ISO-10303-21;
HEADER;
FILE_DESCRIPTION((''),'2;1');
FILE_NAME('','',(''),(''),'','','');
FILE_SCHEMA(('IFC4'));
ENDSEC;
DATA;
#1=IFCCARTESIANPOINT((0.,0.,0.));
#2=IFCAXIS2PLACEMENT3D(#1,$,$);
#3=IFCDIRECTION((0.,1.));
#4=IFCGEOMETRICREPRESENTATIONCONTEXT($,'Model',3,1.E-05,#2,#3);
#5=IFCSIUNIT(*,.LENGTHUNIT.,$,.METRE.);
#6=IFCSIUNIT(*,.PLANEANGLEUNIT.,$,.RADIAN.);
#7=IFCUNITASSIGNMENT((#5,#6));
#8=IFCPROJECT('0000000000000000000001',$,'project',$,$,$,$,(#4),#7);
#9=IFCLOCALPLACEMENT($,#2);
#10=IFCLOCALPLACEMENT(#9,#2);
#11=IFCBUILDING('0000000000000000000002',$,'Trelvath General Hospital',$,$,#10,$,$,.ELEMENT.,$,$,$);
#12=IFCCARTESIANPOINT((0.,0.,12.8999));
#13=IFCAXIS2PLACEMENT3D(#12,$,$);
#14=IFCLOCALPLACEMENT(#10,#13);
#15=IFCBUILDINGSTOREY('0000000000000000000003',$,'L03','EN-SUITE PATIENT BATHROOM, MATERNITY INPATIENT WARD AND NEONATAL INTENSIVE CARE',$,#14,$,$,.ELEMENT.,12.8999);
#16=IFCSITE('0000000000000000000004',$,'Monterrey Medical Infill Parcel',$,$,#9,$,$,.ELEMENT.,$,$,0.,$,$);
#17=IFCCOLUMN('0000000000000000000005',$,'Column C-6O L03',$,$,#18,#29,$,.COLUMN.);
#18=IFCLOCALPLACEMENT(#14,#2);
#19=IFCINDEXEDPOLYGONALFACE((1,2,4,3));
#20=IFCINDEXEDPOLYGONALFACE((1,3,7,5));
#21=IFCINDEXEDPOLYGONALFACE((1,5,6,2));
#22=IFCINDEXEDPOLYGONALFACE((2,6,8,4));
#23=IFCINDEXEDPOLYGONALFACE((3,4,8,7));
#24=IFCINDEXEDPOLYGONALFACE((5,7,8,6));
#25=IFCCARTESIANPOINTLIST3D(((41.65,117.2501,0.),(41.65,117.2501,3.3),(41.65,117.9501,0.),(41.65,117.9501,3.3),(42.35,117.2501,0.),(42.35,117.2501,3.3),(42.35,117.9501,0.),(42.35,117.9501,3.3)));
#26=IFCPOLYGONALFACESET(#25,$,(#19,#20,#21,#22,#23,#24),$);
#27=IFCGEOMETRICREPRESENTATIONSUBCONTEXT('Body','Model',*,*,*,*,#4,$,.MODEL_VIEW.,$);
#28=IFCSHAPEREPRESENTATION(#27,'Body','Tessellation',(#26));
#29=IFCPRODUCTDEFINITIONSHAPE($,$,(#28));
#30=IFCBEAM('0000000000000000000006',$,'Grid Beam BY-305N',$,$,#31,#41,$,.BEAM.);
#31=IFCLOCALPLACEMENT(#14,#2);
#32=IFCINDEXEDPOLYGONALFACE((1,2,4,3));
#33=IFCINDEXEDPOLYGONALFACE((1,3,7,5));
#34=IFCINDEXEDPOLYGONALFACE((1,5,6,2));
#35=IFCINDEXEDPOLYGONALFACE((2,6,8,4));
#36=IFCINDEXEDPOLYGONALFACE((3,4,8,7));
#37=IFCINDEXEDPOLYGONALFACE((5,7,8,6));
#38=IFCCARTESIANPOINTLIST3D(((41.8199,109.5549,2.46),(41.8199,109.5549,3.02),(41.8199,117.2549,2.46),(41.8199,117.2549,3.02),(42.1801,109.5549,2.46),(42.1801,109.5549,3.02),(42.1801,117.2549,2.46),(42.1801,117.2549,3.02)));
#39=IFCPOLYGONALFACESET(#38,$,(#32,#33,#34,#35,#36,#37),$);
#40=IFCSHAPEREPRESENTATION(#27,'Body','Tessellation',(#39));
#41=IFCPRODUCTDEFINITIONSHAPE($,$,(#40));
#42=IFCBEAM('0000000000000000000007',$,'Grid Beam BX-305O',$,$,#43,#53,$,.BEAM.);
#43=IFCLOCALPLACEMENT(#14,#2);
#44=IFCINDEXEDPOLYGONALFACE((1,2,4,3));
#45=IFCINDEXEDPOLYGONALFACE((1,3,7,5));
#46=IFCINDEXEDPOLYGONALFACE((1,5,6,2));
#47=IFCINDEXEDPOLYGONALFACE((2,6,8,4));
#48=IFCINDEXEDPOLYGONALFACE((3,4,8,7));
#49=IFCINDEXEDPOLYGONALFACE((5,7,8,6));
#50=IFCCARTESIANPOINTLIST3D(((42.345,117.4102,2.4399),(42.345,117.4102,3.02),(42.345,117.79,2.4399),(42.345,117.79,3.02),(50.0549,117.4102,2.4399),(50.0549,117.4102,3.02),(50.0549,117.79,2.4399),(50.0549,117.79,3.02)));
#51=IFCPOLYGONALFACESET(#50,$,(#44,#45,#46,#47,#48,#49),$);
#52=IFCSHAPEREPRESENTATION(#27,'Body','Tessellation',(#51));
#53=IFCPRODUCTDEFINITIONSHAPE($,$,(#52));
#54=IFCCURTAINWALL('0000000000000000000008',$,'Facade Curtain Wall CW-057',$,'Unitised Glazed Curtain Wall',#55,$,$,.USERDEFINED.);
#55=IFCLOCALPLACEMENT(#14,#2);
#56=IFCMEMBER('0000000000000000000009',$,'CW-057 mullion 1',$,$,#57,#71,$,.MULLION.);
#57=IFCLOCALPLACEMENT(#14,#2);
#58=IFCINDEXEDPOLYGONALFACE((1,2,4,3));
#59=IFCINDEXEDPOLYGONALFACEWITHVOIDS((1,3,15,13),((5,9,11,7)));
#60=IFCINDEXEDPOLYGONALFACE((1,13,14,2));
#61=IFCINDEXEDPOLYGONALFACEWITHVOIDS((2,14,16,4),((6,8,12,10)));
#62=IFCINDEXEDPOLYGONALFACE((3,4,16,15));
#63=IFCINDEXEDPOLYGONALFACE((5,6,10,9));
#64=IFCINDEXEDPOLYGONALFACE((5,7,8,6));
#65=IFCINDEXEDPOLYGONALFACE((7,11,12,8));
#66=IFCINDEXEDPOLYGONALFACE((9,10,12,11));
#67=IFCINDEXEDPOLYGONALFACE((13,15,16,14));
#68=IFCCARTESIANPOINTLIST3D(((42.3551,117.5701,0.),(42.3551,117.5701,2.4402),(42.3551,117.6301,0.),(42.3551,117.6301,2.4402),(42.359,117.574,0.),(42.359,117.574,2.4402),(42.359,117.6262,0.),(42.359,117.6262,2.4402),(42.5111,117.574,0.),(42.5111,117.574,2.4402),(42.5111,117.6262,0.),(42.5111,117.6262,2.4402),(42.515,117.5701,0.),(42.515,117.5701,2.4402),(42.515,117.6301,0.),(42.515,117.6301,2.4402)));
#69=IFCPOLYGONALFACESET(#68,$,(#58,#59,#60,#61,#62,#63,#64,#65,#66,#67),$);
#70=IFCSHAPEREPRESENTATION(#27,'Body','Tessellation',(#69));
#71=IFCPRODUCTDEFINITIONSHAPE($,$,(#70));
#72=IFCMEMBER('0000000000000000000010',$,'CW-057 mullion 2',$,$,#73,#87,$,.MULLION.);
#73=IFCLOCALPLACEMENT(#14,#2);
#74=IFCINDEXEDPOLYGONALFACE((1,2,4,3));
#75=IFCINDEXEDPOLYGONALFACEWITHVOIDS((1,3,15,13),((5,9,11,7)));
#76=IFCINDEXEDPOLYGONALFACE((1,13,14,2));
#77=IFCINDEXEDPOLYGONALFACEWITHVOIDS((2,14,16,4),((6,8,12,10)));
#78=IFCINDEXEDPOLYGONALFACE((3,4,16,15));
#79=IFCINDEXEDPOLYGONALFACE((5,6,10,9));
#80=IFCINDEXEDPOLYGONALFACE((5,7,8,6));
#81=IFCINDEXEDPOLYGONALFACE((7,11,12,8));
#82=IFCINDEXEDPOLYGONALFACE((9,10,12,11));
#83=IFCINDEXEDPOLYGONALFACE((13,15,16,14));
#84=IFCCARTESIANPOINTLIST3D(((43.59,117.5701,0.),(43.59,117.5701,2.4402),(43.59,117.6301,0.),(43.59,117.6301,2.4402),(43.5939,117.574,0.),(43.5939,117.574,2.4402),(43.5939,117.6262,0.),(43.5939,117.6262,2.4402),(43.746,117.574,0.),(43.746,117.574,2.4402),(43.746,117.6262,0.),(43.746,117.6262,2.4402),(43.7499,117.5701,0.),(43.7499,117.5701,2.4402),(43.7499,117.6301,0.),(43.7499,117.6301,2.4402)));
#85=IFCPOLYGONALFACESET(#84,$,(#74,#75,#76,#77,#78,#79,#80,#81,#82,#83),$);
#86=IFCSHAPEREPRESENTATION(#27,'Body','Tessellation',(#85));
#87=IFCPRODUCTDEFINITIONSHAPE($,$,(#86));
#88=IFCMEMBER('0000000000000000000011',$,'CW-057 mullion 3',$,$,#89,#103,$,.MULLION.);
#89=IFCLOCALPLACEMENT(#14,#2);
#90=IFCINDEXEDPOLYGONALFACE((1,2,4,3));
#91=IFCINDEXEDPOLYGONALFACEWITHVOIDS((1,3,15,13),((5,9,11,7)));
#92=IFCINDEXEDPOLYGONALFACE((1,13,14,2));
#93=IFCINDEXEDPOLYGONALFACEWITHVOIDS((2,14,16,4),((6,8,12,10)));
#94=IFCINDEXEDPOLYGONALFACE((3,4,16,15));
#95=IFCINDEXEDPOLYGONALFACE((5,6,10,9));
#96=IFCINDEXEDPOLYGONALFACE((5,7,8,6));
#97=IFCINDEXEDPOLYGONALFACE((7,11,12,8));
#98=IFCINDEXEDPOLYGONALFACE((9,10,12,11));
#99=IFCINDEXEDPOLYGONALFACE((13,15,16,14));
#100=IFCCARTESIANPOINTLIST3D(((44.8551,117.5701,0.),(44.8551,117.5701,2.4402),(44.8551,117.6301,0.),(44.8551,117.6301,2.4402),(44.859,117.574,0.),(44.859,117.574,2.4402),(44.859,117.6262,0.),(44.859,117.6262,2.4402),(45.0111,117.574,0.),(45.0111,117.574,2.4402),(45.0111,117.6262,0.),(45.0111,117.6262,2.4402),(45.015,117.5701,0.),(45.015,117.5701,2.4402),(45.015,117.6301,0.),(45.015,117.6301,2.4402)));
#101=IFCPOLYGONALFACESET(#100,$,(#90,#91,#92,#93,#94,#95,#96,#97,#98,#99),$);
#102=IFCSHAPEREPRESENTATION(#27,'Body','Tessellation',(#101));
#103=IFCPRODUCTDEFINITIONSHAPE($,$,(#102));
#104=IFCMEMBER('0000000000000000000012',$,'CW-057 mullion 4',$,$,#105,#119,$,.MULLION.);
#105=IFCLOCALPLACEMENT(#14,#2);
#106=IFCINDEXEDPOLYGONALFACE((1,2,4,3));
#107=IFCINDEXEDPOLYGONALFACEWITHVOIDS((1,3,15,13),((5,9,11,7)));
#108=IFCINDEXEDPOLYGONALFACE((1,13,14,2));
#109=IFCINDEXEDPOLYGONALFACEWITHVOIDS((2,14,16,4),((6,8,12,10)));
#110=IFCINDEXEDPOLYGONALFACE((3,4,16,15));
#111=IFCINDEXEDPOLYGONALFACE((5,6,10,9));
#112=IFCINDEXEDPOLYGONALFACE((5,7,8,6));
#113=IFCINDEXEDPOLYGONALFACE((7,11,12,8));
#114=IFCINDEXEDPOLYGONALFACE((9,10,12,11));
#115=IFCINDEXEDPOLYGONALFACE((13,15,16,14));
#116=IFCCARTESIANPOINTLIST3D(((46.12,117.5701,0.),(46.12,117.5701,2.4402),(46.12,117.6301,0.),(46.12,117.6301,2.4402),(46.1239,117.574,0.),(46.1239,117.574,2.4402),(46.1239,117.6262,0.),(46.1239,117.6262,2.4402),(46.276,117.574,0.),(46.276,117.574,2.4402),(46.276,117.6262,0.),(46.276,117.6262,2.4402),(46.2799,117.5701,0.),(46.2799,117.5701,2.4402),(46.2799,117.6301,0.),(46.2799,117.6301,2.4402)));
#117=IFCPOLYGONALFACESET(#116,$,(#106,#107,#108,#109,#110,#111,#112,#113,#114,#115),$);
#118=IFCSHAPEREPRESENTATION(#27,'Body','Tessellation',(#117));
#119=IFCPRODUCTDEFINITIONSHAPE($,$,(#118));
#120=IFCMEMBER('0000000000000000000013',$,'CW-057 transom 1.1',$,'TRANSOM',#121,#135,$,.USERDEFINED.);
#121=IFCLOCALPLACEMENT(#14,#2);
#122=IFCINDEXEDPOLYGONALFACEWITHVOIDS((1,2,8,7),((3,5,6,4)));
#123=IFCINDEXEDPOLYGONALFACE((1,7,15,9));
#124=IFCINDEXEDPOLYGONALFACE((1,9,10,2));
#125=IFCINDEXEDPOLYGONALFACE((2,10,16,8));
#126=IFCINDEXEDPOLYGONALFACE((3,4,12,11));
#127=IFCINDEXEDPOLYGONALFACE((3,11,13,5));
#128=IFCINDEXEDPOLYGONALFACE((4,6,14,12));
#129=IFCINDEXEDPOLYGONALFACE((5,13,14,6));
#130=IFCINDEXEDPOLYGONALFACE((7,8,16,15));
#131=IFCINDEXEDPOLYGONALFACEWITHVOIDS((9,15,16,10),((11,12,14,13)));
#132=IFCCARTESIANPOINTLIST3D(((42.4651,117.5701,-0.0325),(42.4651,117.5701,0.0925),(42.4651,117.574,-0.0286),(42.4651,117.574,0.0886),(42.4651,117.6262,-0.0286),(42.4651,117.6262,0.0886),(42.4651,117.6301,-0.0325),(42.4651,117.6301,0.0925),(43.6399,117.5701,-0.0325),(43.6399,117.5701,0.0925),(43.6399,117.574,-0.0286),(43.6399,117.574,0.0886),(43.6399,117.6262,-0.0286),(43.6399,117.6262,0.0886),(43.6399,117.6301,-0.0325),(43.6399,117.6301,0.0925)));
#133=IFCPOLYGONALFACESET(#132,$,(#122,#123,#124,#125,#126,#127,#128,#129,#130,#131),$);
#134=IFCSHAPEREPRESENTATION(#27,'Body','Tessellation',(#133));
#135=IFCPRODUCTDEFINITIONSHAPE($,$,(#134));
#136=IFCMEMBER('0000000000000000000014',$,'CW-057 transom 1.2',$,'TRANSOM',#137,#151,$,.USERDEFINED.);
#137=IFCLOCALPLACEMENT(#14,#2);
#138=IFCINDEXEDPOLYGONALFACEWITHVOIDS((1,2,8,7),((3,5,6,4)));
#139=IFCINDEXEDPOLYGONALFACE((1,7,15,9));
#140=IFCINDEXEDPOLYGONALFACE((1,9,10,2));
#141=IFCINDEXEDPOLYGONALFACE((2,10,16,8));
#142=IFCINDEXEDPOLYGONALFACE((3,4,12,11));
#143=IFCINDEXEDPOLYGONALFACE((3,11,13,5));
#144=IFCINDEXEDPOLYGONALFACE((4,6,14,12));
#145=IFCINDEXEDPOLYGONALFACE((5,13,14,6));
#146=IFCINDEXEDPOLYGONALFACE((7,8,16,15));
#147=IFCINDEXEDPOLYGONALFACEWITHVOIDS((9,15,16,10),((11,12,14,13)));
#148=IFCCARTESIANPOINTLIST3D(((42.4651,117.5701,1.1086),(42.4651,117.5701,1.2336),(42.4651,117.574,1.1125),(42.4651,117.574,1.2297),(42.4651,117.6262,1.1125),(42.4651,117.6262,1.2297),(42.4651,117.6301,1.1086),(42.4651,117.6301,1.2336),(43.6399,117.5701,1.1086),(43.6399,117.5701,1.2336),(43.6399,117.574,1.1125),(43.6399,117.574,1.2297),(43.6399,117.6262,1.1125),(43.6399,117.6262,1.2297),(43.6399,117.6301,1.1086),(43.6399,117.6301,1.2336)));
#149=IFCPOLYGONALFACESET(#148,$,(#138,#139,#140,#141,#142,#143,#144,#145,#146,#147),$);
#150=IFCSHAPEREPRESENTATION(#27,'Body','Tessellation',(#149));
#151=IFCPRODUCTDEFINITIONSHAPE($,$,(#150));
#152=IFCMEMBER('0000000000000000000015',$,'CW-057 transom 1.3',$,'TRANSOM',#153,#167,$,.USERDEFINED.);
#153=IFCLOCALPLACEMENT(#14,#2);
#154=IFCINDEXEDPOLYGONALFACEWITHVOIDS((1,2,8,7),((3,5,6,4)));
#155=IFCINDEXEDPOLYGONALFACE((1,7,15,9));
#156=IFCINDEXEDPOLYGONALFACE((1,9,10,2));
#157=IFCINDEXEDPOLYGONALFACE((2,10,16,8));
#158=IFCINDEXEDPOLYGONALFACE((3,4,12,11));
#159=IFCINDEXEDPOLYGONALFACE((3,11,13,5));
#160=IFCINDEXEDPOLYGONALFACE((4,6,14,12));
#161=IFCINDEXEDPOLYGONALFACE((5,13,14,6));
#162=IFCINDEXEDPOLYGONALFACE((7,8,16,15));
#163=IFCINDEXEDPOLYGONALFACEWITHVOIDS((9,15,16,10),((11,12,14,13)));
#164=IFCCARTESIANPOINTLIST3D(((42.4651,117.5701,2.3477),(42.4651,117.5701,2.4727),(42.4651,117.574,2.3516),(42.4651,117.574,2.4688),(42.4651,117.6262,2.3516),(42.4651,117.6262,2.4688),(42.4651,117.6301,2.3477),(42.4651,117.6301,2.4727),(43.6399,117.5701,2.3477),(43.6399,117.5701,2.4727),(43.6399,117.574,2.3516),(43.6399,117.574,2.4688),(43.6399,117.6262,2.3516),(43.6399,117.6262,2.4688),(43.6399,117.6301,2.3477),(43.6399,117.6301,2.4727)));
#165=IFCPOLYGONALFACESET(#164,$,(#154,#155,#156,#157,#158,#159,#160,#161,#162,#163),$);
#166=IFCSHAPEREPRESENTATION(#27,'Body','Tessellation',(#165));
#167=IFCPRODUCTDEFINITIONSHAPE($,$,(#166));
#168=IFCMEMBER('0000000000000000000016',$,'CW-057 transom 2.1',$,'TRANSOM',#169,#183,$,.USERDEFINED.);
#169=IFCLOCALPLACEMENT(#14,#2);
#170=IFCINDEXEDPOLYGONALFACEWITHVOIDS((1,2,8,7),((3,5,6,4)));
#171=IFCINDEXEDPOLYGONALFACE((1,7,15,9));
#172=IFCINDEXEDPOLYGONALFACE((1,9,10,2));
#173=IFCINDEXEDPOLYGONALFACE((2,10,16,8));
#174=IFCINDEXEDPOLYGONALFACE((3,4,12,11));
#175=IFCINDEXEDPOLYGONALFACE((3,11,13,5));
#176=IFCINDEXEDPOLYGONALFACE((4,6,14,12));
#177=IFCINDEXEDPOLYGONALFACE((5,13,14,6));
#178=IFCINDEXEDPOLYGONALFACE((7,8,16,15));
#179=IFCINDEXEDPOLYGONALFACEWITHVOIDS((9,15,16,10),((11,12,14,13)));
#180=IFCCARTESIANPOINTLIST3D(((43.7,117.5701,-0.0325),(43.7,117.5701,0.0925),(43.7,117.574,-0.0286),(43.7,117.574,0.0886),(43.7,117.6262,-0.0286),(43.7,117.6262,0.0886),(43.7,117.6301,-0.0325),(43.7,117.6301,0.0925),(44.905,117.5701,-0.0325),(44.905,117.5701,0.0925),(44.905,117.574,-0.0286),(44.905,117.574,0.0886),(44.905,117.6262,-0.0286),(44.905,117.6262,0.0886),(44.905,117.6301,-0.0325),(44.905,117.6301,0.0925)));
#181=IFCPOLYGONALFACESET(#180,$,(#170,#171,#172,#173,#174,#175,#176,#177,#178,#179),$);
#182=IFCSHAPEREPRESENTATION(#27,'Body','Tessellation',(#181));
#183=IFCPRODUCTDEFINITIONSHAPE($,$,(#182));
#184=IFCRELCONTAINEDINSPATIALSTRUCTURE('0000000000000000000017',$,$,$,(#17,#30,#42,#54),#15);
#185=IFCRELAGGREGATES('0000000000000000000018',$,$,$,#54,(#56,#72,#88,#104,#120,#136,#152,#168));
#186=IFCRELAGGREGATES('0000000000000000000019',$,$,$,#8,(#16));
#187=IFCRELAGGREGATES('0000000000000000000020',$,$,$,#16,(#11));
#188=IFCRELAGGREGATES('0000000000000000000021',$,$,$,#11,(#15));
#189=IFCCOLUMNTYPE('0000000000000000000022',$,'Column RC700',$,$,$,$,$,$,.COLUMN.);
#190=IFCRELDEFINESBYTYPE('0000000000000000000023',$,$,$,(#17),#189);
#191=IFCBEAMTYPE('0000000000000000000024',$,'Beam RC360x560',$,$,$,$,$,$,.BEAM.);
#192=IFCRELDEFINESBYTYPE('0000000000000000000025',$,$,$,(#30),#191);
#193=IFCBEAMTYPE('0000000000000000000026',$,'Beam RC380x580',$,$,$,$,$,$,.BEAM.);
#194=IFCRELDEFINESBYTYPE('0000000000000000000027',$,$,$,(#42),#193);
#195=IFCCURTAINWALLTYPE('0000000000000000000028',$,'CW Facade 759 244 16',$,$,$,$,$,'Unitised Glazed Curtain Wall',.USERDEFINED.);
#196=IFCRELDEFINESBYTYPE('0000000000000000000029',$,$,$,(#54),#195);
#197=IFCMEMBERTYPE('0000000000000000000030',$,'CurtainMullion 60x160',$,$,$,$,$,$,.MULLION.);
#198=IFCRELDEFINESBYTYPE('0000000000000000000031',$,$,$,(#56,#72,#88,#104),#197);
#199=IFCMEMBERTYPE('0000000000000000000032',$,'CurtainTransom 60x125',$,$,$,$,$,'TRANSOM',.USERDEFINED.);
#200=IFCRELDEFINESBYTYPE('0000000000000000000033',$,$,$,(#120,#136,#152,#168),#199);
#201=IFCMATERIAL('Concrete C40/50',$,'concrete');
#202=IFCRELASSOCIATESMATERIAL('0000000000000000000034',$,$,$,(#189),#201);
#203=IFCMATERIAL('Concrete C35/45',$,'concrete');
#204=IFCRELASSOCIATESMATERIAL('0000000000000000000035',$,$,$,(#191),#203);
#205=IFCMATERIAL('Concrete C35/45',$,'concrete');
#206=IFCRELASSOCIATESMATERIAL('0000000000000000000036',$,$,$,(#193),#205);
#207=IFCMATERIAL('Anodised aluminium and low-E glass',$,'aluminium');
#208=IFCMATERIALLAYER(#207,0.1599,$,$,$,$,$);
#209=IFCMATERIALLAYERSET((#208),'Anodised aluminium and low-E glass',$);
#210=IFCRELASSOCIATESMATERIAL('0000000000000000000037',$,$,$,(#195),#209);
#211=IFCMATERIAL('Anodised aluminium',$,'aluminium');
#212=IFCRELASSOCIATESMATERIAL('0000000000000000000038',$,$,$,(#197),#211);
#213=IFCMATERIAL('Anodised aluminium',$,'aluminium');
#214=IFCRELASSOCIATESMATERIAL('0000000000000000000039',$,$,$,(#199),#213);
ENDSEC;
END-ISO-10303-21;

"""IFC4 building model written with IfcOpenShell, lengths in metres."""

from ifc_helpers import new_model, si_unit, direction, frame, origin, origin_2d, place, context, subcontext, project, spatial, rectangle, hollow_rectangle, extrude, material, layer, layer_set, material_profile, profile_set, type_object, element, aggregate, save


model = new_model("IFC4")

# Units and contexts
model_context = context("Model", 3, precision=1e-05, world=origin(), true_north=direction((0.0, 1.0)))
body_context = subcontext(model_context, "Body", "Model", "MODEL_VIEW")
ifc_project = project(units=[si_unit("LENGTHUNIT", "METRE"), si_unit("PLANEANGLEUNIT", "RADIAN")], contexts=[model_context])

# Site, building, storey
site_placement = place(None, origin())
site = spatial("IfcSite", under=ifc_project, at=site_placement, Name="Monterrey Medical Infill Parcel", CompositionType="ELEMENT", RefElevation=0.0)
building_placement = place(site_placement, origin())
building = spatial("IfcBuilding", under=site, at=building_placement, Name="Trelvath General Hospital", CompositionType="ELEMENT")
storey_placement = place(building_placement, frame((0.0, 0.0, 12.8999)))
storey = spatial("IfcBuildingStorey", under=building, at=storey_placement, Name="L03", Description="EN-SUITE PATIENT BATHROOM, MATERNITY INPATIENT WARD AND NEONATAL INTENSIVE CARE", CompositionType="ELEMENT", Elevation=12.8999)

# Column
ifc_material_1 = material(Name="Concrete C40/50", Category="concrete")
ifc_material_profile_1 = material_profile(ifc_material_1, rectangle(XDim=0.7, YDim=0.7, at=origin_2d()), Name="RC700x700")
ifc_profile_set_1 = profile_set([ifc_material_profile_1], Name="Concrete C40/50")
column_type = type_object("IfcColumnType", Name="Column RC700", PredefinedType="COLUMN", material=ifc_profile_set_1)
column_placement = place(storey_placement, frame((42.0, 117.6001, 0.0), z_axis=(0.0, 0.0, 1.0), x_axis=(1.0, 0.0, 0.0)))
element("IfcColumn", 1, at=column_placement, inside=storey, type_object=column_type, Name="Column C-6O L03", PredefinedType="COLUMN", context=body_context, shape_type="SweptSolid", body=[
    extrude(rectangle(XDim=0.7, YDim=0.7, at=origin_2d()), origin(), (0.0, 0.0, 1.0), 3.3),
])

# Beams
ifc_material_2 = material(Name="Concrete C35/45", Category="concrete")
ifc_material_profile_2 = material_profile(ifc_material_2, rectangle(XDim=0.3601, YDim=0.5601, at=origin_2d()), Name="RCB360x560")
ifc_profile_set_2 = profile_set([ifc_material_profile_2], Name="Concrete C35/45")
beam_type_1 = type_object("IfcBeamType", Name="Beam RC360x560", PredefinedType="BEAM", material=ifc_profile_set_2)
beam_1_placement = place(storey_placement, frame((42.0, 109.5549, 2.74), z_axis=(0.0, 1.0, 0.0), x_axis=(-1.0, 0.0, 0.0)))
element("IfcBeam", 2, at=beam_1_placement, inside=storey, type_object=beam_type_1, Name="Grid Beam BY-305N", PredefinedType="BEAM", context=body_context, shape_type="SweptSolid", body=[
    extrude(rectangle(XDim=0.3601, YDim=0.5601, at=origin_2d()), origin(), (0.0, 0.0, 1.0), 7.7),
])
ifc_material_3 = material(Name="Concrete C35/45", Category="concrete")
ifc_material_profile_3 = material_profile(ifc_material_3, rectangle(XDim=0.3799, YDim=0.5801, at=origin_2d()), Name="RCB380x580")
ifc_profile_set_3 = profile_set([ifc_material_profile_3], Name="Concrete C35/45")
beam_type_2 = type_object("IfcBeamType", Name="Beam RC380x580", PredefinedType="BEAM", material=ifc_profile_set_3)
beam_2_placement = place(storey_placement, frame((42.345, 117.6001, 2.73), z_axis=(1.0, 0.0, 0.0), x_axis=(0.0, 1.0, 0.0)))
element("IfcBeam", 3, at=beam_2_placement, inside=storey, type_object=beam_type_2, Name="Grid Beam BX-305O", PredefinedType="BEAM", context=body_context, shape_type="SweptSolid", body=[
    extrude(rectangle(XDim=0.3799, YDim=0.5801, at=origin_2d()), origin(), (0.0, 0.0, 1.0), 7.71),
])

# Curtain wall, members
ifc_material_4 = material(Name="Anodised aluminium and low-E glass", Category="aluminium")
ifc_layer_1 = layer(ifc_material_4, 0.1599)
ifc_layer_set_1 = layer_set([ifc_layer_1], Name="Anodised aluminium and low-E glass")
curtain_wall_type = type_object("IfcCurtainWallType", Name="CW Facade 759 244 16", ElementType="Unitised Glazed Curtain Wall", PredefinedType="USERDEFINED", material=ifc_layer_set_1)
curtain_wall_placement = place(storey_placement, origin())
curtain_wall = element("IfcCurtainWall", 4, at=curtain_wall_placement, inside=storey, type_object=curtain_wall_type, Name="Facade Curtain Wall CW-057", ObjectType="Unitised Glazed Curtain Wall", PredefinedType="USERDEFINED")
ifc_material_5 = material(Name="Anodised aluminium", Category="aluminium")
ifc_material_profile_4 = material_profile(ifc_material_5, hollow_rectangle(XDim=0.0601, YDim=0.1599, WallThickness=0.0039, at=origin_2d()), Name="RHS60x160x4")
ifc_profile_set_4 = profile_set([ifc_material_profile_4], Name="Anodised aluminium")
member_type_1 = type_object("IfcMemberType", Name="CurtainMullion 60x160", PredefinedType="MULLION", material=ifc_profile_set_4)
member_1_placement = place(storey_placement, frame((42.4351, 117.6001, 0.0), z_axis=(0.0, 0.0, 1.0), x_axis=(0.0, 1.0, 0.0)))
member_1 = element("IfcMember", 5, at=member_1_placement, type_object=member_type_1, Name="CW-057 mullion 1", PredefinedType="MULLION", context=body_context, shape_type="SweptSolid", body=[
    extrude(hollow_rectangle(XDim=0.0601, YDim=0.1599, WallThickness=0.0039, at=origin_2d()), origin(), (0.0, 0.0, 1.0), 2.4402),
])
member_2_placement = place(storey_placement, frame((43.6699, 117.6001, 0.0), z_axis=(0.0, 0.0, 1.0), x_axis=(0.0, 1.0, 0.0)))
member_2 = element("IfcMember", 6, at=member_2_placement, type_object=member_type_1, Name="CW-057 mullion 2", PredefinedType="MULLION", context=body_context, shape_type="SweptSolid", body=[
    extrude(hollow_rectangle(XDim=0.0601, YDim=0.1599, WallThickness=0.0039, at=origin_2d()), origin(), (0.0, 0.0, 1.0), 2.4402),
])
member_3_placement = place(storey_placement, frame((44.9351, 117.6001, 0.0), z_axis=(0.0, 0.0, 1.0), x_axis=(0.0, 1.0, 0.0)))
member_3 = element("IfcMember", 7, at=member_3_placement, type_object=member_type_1, Name="CW-057 mullion 3", PredefinedType="MULLION", context=body_context, shape_type="SweptSolid", body=[
    extrude(hollow_rectangle(XDim=0.0601, YDim=0.1599, WallThickness=0.0039, at=origin_2d()), origin(), (0.0, 0.0, 1.0), 2.4402),
])
member_4_placement = place(storey_placement, frame((46.2, 117.6001, 0.0), z_axis=(0.0, 0.0, 1.0), x_axis=(0.0, 1.0, 0.0)))
member_4 = element("IfcMember", 8, at=member_4_placement, type_object=member_type_1, Name="CW-057 mullion 4", PredefinedType="MULLION", context=body_context, shape_type="SweptSolid", body=[
    extrude(hollow_rectangle(XDim=0.0601, YDim=0.1599, WallThickness=0.0039, at=origin_2d()), origin(), (0.0, 0.0, 1.0), 2.4402),
])
ifc_material_6 = material(Name="Anodised aluminium", Category="aluminium")
ifc_material_profile_5 = material_profile(ifc_material_6, hollow_rectangle(XDim=0.0601, YDim=0.125, WallThickness=0.0039, at=origin_2d()), Name="RHS60x125x4")
ifc_profile_set_5 = profile_set([ifc_material_profile_5], Name="Anodised aluminium")
member_type_2 = type_object("IfcMemberType", Name="CurtainTransom 60x125", ElementType="TRANSOM", PredefinedType="USERDEFINED", material=ifc_profile_set_5)
member_5_placement = place(storey_placement, frame((42.4651, 117.6001, 0.03), z_axis=(1.0, 0.0, 0.0), x_axis=(0.0, 1.0, 0.0)))
member_5 = element("IfcMember", 9, at=member_5_placement, type_object=member_type_2, Name="CW-057 transom 1.1", ObjectType="TRANSOM", PredefinedType="USERDEFINED", context=body_context, shape_type="SweptSolid", body=[
    extrude(hollow_rectangle(XDim=0.0601, YDim=0.125, WallThickness=0.0039, at=origin_2d()), origin(), (0.0, 0.0, 1.0), 1.1748),
])
member_6_placement = place(storey_placement, frame((42.4651, 117.6001, 1.1711), z_axis=(1.0, 0.0, 0.0), x_axis=(0.0, 1.0, 0.0)))
member_6 = element("IfcMember", 10, at=member_6_placement, type_object=member_type_2, Name="CW-057 transom 1.2", ObjectType="TRANSOM", PredefinedType="USERDEFINED", context=body_context, shape_type="SweptSolid", body=[
    extrude(hollow_rectangle(XDim=0.0601, YDim=0.125, WallThickness=0.0039, at=origin_2d()), origin(), (0.0, 0.0, 1.0), 1.1748),
])
member_7_placement = place(storey_placement, frame((42.4651, 117.6001, 2.4102), z_axis=(1.0, 0.0, 0.0), x_axis=(0.0, 1.0, 0.0)))
member_7 = element("IfcMember", 11, at=member_7_placement, type_object=member_type_2, Name="CW-057 transom 1.3", ObjectType="TRANSOM", PredefinedType="USERDEFINED", context=body_context, shape_type="SweptSolid", body=[
    extrude(hollow_rectangle(XDim=0.0601, YDim=0.125, WallThickness=0.0039, at=origin_2d()), origin(), (0.0, 0.0, 1.0), 1.1748),
])
member_8_placement = place(storey_placement, frame((43.7, 117.6001, 0.03), z_axis=(1.0, 0.0, 0.0), x_axis=(0.0, 1.0, 0.0)))
member_8 = element("IfcMember", 12, at=member_8_placement, type_object=member_type_2, Name="CW-057 transom 2.1", ObjectType="TRANSOM", PredefinedType="USERDEFINED", context=body_context, shape_type="SweptSolid", body=[
    extrude(hollow_rectangle(XDim=0.0601, YDim=0.125, WallThickness=0.0039, at=origin_2d()), origin(), (0.0, 0.0, 1.0), 1.2051),
])
aggregate(curtain_wall, [member_1, member_2, member_3, member_4, member_5, member_6, member_7, member_8])

save(model, "model.ifc")
